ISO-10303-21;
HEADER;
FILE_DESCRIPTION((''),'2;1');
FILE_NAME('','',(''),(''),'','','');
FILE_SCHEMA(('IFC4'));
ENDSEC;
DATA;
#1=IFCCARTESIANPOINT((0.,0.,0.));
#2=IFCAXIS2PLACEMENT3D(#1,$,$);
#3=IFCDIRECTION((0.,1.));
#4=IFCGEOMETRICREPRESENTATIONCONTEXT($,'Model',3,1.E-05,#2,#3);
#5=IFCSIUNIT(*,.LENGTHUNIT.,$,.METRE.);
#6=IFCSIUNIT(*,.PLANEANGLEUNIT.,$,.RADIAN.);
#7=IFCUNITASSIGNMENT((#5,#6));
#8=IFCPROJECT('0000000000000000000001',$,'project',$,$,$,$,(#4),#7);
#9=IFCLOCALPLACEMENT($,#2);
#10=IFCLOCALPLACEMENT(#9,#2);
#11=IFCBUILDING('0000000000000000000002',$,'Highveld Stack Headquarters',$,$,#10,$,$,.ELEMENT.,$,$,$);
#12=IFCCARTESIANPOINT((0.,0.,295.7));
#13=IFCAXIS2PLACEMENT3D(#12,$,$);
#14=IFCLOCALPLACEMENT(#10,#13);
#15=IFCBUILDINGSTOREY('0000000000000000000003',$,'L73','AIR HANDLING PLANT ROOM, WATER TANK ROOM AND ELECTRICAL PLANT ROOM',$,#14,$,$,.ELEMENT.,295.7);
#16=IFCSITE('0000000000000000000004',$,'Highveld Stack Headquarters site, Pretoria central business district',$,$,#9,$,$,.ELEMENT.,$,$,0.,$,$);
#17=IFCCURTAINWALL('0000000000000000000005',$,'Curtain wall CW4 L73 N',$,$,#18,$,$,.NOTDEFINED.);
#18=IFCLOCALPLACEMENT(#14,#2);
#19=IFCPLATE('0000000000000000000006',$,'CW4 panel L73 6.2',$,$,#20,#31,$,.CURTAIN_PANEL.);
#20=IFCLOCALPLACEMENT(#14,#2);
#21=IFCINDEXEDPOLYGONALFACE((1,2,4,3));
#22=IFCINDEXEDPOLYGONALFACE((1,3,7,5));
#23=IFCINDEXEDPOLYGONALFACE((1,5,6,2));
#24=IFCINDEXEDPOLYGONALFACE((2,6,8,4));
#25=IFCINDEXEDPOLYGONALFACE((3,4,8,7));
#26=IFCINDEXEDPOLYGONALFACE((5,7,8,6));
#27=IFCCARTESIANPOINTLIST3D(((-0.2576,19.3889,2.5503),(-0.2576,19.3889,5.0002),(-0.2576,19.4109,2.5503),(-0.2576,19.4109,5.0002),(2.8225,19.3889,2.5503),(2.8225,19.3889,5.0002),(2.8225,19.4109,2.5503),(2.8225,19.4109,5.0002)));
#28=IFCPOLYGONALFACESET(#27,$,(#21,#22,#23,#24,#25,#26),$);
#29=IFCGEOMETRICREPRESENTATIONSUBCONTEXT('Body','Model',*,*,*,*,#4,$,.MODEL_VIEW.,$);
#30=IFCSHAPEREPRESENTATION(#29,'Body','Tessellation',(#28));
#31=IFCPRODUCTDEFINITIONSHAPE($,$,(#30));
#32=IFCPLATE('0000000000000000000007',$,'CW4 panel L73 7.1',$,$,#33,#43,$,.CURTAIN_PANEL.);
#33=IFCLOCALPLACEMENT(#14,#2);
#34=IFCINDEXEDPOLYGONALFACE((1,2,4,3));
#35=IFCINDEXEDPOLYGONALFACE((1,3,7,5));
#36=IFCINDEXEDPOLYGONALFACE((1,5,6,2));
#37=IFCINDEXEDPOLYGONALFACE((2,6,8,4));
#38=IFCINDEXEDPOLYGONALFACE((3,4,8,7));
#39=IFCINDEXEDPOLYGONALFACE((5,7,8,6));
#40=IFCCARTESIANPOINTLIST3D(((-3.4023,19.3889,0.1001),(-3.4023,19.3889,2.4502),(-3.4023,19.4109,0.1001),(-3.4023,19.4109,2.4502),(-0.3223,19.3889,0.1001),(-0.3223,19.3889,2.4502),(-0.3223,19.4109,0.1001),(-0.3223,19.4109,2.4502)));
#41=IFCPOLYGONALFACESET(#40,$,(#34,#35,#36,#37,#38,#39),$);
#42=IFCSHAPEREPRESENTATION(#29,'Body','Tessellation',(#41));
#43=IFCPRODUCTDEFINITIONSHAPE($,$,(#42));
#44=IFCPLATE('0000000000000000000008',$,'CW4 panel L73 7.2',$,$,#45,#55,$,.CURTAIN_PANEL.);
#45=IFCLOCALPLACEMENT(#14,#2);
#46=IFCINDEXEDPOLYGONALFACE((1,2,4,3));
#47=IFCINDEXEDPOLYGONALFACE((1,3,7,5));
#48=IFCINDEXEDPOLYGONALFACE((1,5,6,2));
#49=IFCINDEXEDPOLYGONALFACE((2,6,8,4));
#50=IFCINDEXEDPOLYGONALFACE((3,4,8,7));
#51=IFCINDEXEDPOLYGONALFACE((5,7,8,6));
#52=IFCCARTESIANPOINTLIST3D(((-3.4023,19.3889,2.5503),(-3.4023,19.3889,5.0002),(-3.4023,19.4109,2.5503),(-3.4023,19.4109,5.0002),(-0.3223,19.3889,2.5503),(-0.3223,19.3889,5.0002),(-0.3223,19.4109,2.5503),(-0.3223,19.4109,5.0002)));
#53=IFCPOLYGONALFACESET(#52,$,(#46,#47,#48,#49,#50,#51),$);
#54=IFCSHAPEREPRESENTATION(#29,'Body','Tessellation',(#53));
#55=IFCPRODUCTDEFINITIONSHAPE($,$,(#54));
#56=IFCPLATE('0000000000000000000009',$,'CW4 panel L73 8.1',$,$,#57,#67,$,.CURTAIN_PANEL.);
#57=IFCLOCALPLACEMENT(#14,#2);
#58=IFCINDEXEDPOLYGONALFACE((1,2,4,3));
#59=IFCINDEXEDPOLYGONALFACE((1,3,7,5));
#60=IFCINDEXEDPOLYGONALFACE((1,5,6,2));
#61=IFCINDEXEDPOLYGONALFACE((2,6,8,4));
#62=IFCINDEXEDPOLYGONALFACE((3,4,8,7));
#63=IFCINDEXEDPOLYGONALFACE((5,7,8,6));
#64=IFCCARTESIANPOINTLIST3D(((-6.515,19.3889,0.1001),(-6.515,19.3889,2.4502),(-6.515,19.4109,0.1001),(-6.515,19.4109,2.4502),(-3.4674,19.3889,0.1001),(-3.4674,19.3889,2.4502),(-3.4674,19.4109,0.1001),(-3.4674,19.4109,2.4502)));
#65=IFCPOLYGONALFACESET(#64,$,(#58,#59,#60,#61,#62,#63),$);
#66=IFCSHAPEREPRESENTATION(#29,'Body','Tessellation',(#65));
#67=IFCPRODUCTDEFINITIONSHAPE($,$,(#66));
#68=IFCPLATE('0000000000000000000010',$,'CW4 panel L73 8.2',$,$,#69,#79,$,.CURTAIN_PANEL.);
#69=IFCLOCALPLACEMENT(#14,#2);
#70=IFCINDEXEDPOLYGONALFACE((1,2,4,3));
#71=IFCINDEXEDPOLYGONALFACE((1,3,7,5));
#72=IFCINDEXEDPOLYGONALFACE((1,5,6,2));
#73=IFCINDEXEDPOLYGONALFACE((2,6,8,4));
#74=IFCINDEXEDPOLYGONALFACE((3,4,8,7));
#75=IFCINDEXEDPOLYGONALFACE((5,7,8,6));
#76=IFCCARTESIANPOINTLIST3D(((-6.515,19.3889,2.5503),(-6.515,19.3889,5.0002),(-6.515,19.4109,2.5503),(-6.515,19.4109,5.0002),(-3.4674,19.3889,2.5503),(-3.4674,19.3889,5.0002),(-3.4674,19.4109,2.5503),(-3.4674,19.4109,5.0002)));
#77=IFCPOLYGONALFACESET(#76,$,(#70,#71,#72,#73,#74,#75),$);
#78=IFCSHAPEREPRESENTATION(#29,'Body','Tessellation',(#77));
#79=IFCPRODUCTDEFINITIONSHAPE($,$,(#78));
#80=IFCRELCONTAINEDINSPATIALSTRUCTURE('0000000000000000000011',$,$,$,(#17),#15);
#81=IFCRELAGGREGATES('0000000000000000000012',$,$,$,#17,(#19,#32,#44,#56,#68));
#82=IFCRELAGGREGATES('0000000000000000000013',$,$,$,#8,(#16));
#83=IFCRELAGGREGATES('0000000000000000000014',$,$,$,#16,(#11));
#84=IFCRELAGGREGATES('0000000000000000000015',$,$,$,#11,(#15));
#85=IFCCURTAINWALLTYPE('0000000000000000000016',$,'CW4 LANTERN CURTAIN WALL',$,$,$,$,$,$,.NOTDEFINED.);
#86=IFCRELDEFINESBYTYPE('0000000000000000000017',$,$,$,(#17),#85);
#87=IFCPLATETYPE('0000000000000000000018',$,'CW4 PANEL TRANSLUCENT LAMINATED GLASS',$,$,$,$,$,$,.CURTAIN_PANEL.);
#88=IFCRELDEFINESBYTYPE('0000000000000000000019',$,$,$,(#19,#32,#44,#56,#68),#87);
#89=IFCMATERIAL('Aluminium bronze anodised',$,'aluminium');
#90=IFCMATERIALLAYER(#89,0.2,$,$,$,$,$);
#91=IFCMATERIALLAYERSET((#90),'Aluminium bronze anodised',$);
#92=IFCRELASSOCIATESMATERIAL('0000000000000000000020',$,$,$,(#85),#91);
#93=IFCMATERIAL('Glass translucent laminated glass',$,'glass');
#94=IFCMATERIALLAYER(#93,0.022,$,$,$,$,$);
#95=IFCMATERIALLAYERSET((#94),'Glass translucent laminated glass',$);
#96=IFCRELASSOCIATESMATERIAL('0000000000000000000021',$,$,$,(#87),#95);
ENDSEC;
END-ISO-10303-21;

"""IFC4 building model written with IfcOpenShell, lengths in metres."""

from ifc_helpers import new_model, si_unit, direction, frame, origin, origin_2d, place, context, subcontext, project, spatial, rectangle, extrude, material, layer, layer_set, type_object, element, aggregate, save


model = new_model("IFC4")

# Units and contexts
model_context = context("Model", 3, precision=1e-05, world=origin(), true_north=direction((0.0, 1.0)))
body_context = subcontext(model_context, "Body", "Model", "MODEL_VIEW")
ifc_project = project(units=[si_unit("LENGTHUNIT", "METRE"), si_unit("PLANEANGLEUNIT", "RADIAN")], contexts=[model_context])

# Site, building, storey
site_placement = place(None, origin())
site = spatial("IfcSite", under=ifc_project, at=site_placement, Name="Highveld Stack Headquarters site, Pretoria central business district", CompositionType="ELEMENT", RefElevation=0.0)
building_placement = place(site_placement, origin())
building = spatial("IfcBuilding", under=site, at=building_placement, Name="Highveld Stack Headquarters", CompositionType="ELEMENT")
storey_placement = place(building_placement, frame((0.0, 0.0, 295.7)))
storey = spatial("IfcBuildingStorey", under=building, at=storey_placement, Name="L73", Description="AIR HANDLING PLANT ROOM, WATER TANK ROOM AND ELECTRICAL PLANT ROOM", CompositionType="ELEMENT", Elevation=295.7)

# Curtain wall, plates
ifc_material_1 = material(Name="Aluminium bronze anodised", Category="aluminium")
ifc_layer_1 = layer(ifc_material_1, 0.2)
ifc_layer_set_1 = layer_set([ifc_layer_1], Name="Aluminium bronze anodised")
curtain_wall_type = type_object("IfcCurtainWallType", Name="CW4 LANTERN CURTAIN WALL", PredefinedType="NOTDEFINED", material=ifc_layer_set_1)
curtain_wall_placement = place(storey_placement, origin())
curtain_wall = element("IfcCurtainWall", 1, at=curtain_wall_placement, inside=storey, type_object=curtain_wall_type, Name="Curtain wall CW4 L73 N", PredefinedType="NOTDEFINED")
ifc_material_2 = material(Name="Glass translucent laminated glass", Category="glass")
ifc_layer_2 = layer(ifc_material_2, 0.022)
ifc_layer_set_2 = layer_set([ifc_layer_2], Name="Glass translucent laminated glass")
plate_type = type_object("IfcPlateType", Name="CW4 PANEL TRANSLUCENT LAMINATED GLASS", PredefinedType="CURTAIN_PANEL", material=ifc_layer_set_2)
plate_1_placement = place(storey_placement, frame((1.2825, 19.3999, 2.5503), z_axis=(0.0, 0.0, 1.0), x_axis=(-1.0, 0.0, 0.0)))
plate_1 = element("IfcPlate", 2, at=plate_1_placement, type_object=plate_type, Name="CW4 panel L73 6.2", PredefinedType="CURTAIN_PANEL", context=body_context, shape_type="SweptSolid", body=[
    extrude(rectangle(XDim=3.0801, YDim=0.022, at=origin_2d()), origin(), (0.0, 0.0, 1.0), 2.45),
])
plate_2_placement = place(storey_placement, frame((-1.8623, 19.3999, 0.1001), z_axis=(0.0, 0.0, 1.0), x_axis=(-1.0, 0.0, 0.0)))
plate_2 = element("IfcPlate", 3, at=plate_2_placement, type_object=plate_type, Name="CW4 panel L73 7.1", PredefinedType="CURTAIN_PANEL", context=body_context, shape_type="SweptSolid", body=[
    extrude(rectangle(XDim=3.0801, YDim=0.022, at=origin_2d()), origin(), (0.0, 0.0, 1.0), 2.3501),
])
plate_3_placement = place(storey_placement, frame((-1.8623, 19.3999, 2.5503), z_axis=(0.0, 0.0, 1.0), x_axis=(-1.0, 0.0, 0.0)))
plate_3 = element("IfcPlate", 4, at=plate_3_placement, type_object=plate_type, Name="CW4 panel L73 7.2", PredefinedType="CURTAIN_PANEL", context=body_context, shape_type="SweptSolid", body=[
    extrude(rectangle(XDim=3.0801, YDim=0.022, at=origin_2d()), origin(), (0.0, 0.0, 1.0), 2.45),
])
plate_4_placement = place(storey_placement, frame((-4.9912, 19.3999, 0.1001), z_axis=(0.0, 0.0, 1.0), x_axis=(-1.0, 0.0, 0.0)))
plate_4 = element("IfcPlate", 5, at=plate_4_placement, type_object=plate_type, Name="CW4 panel L73 8.1", PredefinedType="CURTAIN_PANEL", context=body_context, shape_type="SweptSolid", body=[
    extrude(rectangle(XDim=3.0476, YDim=0.022, at=origin_2d()), origin(), (0.0, 0.0, 1.0), 2.3501),
])
plate_5_placement = place(storey_placement, frame((-4.9912, 19.3999, 2.5503), z_axis=(0.0, 0.0, 1.0), x_axis=(-1.0, 0.0, 0.0)))
plate_5 = element("IfcPlate", 6, at=plate_5_placement, type_object=plate_type, Name="CW4 panel L73 8.2", PredefinedType="CURTAIN_PANEL", context=body_context, shape_type="SweptSolid", body=[
    extrude(rectangle(XDim=3.0476, YDim=0.022, at=origin_2d()), origin(), (0.0, 0.0, 1.0), 2.45),
])
aggregate(curtain_wall, [plate_1, plate_2, plate_3, plate_4, plate_5])

save(model, "model.ifc")
